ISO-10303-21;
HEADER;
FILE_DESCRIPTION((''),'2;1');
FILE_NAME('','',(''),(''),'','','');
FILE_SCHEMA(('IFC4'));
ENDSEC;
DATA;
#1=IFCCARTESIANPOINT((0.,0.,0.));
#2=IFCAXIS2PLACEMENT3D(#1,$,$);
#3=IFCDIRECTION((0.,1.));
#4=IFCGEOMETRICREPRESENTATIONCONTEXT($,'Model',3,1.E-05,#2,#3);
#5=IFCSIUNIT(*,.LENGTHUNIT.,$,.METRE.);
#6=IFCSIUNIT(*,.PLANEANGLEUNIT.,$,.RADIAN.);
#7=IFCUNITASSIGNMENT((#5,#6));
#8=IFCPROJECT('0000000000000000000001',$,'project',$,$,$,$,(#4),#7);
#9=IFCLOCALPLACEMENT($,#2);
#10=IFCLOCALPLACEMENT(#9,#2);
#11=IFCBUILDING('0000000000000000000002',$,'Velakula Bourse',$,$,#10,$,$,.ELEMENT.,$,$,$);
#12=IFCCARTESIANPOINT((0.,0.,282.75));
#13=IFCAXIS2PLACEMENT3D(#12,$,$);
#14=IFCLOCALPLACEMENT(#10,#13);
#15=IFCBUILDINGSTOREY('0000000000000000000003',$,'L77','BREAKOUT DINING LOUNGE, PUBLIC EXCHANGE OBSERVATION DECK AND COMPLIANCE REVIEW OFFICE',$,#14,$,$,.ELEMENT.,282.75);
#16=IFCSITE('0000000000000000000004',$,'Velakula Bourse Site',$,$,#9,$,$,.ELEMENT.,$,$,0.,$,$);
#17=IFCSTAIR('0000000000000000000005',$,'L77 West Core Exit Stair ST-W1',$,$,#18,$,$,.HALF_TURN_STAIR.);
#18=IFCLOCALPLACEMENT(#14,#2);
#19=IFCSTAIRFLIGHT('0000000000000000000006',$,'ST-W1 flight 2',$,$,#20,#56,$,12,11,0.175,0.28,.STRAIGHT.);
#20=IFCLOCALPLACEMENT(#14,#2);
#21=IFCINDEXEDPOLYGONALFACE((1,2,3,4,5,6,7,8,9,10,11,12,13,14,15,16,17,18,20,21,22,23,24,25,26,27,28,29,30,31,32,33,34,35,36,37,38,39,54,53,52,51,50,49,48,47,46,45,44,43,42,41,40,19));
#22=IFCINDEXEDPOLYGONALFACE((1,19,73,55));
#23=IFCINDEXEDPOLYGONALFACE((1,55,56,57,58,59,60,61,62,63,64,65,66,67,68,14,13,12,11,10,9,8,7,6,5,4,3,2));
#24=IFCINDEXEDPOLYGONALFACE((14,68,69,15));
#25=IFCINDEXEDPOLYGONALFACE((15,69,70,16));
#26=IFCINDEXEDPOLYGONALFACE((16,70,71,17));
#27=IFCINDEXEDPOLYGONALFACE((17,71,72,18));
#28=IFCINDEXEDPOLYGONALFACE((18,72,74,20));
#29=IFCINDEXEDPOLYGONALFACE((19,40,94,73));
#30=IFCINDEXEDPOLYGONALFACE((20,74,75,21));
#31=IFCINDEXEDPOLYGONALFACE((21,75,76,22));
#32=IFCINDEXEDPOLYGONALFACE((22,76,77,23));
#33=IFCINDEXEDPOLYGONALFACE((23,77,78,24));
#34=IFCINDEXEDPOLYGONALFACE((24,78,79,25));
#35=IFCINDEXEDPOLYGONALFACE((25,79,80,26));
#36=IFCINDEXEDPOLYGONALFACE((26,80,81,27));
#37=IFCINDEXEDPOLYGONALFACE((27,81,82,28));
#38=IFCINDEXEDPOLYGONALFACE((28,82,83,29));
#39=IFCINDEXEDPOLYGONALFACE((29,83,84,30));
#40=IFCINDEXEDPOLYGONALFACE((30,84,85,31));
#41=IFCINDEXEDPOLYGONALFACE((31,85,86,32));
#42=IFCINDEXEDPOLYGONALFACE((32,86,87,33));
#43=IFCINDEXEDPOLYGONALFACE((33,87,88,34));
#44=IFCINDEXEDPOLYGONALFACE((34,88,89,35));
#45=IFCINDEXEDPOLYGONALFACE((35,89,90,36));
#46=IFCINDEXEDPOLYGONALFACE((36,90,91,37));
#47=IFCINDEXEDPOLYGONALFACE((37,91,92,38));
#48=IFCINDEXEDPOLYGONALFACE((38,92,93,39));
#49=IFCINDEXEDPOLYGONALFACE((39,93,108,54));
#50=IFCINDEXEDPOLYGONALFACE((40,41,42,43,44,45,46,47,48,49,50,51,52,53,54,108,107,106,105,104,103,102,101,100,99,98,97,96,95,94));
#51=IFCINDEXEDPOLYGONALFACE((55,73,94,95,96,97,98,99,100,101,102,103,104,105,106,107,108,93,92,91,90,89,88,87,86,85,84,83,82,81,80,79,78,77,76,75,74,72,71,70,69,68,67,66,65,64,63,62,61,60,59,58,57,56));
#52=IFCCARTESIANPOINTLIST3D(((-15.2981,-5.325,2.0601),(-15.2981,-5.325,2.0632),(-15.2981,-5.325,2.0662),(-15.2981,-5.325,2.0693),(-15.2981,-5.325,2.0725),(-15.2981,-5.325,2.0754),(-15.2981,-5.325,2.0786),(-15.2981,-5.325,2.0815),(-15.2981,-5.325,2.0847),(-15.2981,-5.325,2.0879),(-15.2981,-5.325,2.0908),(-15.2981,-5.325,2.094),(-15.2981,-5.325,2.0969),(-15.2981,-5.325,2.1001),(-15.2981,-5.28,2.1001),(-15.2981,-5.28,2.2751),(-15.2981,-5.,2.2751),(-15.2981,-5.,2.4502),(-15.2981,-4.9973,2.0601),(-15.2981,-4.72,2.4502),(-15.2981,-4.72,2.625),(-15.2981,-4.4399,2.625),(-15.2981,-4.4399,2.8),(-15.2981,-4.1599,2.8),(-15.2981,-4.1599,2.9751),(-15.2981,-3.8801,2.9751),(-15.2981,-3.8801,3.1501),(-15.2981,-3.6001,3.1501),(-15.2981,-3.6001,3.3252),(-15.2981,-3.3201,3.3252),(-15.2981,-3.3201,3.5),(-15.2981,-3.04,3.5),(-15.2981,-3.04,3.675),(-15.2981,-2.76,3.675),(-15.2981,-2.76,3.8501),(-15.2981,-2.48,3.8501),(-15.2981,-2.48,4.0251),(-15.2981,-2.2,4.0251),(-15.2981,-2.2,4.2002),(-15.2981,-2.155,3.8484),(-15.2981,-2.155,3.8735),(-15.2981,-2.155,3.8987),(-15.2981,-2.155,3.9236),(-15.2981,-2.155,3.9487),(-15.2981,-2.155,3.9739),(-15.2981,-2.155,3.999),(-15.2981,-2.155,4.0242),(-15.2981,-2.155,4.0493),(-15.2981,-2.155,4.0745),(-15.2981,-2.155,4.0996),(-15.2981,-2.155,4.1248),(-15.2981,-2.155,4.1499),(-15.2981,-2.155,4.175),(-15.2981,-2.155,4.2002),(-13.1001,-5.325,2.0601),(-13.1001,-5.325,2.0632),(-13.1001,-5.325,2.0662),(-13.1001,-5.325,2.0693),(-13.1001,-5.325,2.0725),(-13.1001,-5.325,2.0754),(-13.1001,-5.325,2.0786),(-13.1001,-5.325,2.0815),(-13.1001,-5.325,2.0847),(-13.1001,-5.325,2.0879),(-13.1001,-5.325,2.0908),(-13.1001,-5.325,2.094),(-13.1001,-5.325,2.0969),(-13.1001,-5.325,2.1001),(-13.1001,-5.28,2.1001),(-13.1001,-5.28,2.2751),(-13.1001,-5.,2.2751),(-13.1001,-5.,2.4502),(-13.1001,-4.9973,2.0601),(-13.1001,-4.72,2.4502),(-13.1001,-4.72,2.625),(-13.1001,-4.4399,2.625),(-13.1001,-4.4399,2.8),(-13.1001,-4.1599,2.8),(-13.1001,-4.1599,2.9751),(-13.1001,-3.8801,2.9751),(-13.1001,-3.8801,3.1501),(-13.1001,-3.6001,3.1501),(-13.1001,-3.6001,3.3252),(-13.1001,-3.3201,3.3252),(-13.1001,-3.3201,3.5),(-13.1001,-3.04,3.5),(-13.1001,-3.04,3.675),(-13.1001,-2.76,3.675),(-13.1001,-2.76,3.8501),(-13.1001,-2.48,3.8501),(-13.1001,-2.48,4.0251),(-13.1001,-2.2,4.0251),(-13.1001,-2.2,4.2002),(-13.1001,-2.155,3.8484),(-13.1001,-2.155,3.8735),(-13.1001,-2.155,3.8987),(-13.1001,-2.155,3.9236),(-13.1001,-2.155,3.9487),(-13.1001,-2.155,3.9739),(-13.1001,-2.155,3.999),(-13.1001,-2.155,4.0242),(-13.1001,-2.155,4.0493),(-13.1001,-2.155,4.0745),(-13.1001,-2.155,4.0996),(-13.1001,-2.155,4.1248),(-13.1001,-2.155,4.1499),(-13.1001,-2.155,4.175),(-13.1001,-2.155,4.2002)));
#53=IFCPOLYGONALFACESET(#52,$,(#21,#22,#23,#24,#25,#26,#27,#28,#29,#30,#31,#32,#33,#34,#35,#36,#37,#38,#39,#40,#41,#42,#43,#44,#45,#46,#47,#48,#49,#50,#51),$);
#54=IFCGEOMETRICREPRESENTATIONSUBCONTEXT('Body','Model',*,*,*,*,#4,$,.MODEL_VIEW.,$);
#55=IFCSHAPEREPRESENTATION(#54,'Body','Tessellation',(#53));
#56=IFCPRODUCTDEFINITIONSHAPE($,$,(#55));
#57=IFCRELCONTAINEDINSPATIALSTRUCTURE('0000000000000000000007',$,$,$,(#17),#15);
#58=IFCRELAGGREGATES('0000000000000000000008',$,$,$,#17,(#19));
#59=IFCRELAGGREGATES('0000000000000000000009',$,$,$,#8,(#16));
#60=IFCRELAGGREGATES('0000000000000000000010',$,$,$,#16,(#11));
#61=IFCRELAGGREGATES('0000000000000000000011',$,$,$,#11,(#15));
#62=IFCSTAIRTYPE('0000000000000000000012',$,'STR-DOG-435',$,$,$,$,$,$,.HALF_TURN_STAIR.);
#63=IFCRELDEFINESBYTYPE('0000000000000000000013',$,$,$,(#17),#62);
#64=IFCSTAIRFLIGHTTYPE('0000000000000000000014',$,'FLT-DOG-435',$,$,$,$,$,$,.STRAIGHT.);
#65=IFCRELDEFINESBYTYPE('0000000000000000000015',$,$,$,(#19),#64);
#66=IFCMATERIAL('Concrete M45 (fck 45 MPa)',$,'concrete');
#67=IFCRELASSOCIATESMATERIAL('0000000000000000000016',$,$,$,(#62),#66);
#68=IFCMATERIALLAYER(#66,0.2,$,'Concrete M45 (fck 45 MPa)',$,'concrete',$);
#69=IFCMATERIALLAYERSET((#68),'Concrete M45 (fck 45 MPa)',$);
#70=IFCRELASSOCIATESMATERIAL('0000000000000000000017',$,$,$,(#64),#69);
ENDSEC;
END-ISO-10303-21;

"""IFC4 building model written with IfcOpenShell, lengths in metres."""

from ifc_helpers import new_model, si_unit, direction, frame, origin, place, context, subcontext, project, spatial, polyline, outline, extrude, material, layer, layer_set, type_object, element, aggregate, save


model = new_model("IFC4")

# Units and contexts
model_context = context("Model", 3, precision=1e-05, world=origin(), true_north=direction((0.0, 1.0)))
body_context = subcontext(model_context, "Body", "Model", "MODEL_VIEW")
ifc_project = project(units=[si_unit("LENGTHUNIT", "METRE"), si_unit("PLANEANGLEUNIT", "RADIAN")], contexts=[model_context])

# Site, building, storey
site_placement = place(None, origin())
site = spatial("IfcSite", under=ifc_project, at=site_placement, Name="Velakula Bourse Site", CompositionType="ELEMENT", RefElevation=0.0)
building_placement = place(site_placement, origin())
building = spatial("IfcBuilding", under=site, at=building_placement, Name="Velakula Bourse", CompositionType="ELEMENT")
storey_placement = place(building_placement, frame((0.0, 0.0, 282.75)))
storey = spatial("IfcBuildingStorey", under=building, at=storey_placement, Name="L77", Description="BREAKOUT DINING LOUNGE, PUBLIC EXCHANGE OBSERVATION DECK AND COMPLIANCE REVIEW OFFICE", CompositionType="ELEMENT", Elevation=282.75)

# Stair, stair flight
ifc_material_1 = material(Name="Concrete M45 (fck 45 MPa)", Category="concrete")
stair_type = type_object("IfcStairType", Name="STR-DOG-435", PredefinedType="HALF_TURN_STAIR", material=ifc_material_1)
stair_placement = place(storey_placement, origin())
stair = element("IfcStair", 1, at=stair_placement, inside=storey, type_object=stair_type, Name="L77 West Core Exit Stair ST-W1", PredefinedType="HALF_TURN_STAIR")
ifc_layer_1 = layer(ifc_material_1, 0.2, Name="Concrete M45 (fck 45 MPa)", Category="concrete")
ifc_layer_set_1 = layer_set([ifc_layer_1], Name="Concrete M45 (fck 45 MPa)")
stair_flight_type = type_object("IfcStairFlightType", Name="FLT-DOG-435", PredefinedType="STRAIGHT", material=ifc_layer_set_1)
stair_flight_1_placement = place(storey_placement, frame((-14.199, -5.28, 2.1001), z_axis=(0.0, 0.0, 1.0), x_axis=(0.0, 1.0, 0.0)))
stair_flight_1 = element("IfcStairFlight", 2, at=stair_flight_1_placement, type_object=stair_flight_type, Name="ST-W1 flight 2", NumberOfRisers=12, NumberOfTreads=11, PredefinedType="STRAIGHT", RiserHeight=0.175, TreadLength=0.28, context=body_context, shape_type="SweptSolid", body=[
    extrude(outline(polyline([(-0.0449, -0.04), (-0.0449, -0.0369), (-0.0449, -0.0339), (-0.0449, -0.0308), (-0.0449, -0.0276), (-0.0449, -0.0247), (-0.0449, -0.0215), (-0.0449, -0.0186), (-0.0449, -0.0154), (-0.0449, -0.0122), (-0.0449, -0.0093), (-0.0449, -0.0061), (-0.0449, -0.0032), (-0.0449, 0.0), (0.0, 0.0), (0.0, 0.175), (0.28, 0.175), (0.28, 0.3501), (0.5601, 0.3501), (0.5601, 0.5249), (0.8401, 0.5249), (0.8401, 0.7), (1.1201, 0.7), (1.1201, 0.875), (1.3999, 0.875), (1.3999, 1.05), (1.6799, 1.05), (1.6799, 1.2251), (1.96, 1.2251), (1.96, 1.3999), (2.24, 1.3999), (2.24, 1.575), (2.52, 1.575), (2.52, 1.75), (2.8, 1.75), (2.8, 1.925), (3.0801, 1.925), (3.0801, 2.1001), (3.125, 2.1001), (3.125, 2.075), (3.125, 2.0498), (3.125, 2.0247), (3.125, 1.9995), (3.125, 1.9744), (3.125, 1.9492), (3.125, 1.9241), (3.125, 1.8989), (3.125, 1.8738), (3.125, 1.8486), (3.125, 1.8235), (3.125, 1.7986), (3.125, 1.7734), (3.125, 1.7483), (0.2827, -0.04), (-0.0449, -0.04)])), frame((0.0, 1.0991, 0.0), z_axis=(0.0, -1.0, 0.0), x_axis=(1.0, 0.0, 0.0)), (0.0, 0.0, 1.0), 2.198),
])
aggregate(stair, [stair_flight_1])

save(model, "model.ifc")
